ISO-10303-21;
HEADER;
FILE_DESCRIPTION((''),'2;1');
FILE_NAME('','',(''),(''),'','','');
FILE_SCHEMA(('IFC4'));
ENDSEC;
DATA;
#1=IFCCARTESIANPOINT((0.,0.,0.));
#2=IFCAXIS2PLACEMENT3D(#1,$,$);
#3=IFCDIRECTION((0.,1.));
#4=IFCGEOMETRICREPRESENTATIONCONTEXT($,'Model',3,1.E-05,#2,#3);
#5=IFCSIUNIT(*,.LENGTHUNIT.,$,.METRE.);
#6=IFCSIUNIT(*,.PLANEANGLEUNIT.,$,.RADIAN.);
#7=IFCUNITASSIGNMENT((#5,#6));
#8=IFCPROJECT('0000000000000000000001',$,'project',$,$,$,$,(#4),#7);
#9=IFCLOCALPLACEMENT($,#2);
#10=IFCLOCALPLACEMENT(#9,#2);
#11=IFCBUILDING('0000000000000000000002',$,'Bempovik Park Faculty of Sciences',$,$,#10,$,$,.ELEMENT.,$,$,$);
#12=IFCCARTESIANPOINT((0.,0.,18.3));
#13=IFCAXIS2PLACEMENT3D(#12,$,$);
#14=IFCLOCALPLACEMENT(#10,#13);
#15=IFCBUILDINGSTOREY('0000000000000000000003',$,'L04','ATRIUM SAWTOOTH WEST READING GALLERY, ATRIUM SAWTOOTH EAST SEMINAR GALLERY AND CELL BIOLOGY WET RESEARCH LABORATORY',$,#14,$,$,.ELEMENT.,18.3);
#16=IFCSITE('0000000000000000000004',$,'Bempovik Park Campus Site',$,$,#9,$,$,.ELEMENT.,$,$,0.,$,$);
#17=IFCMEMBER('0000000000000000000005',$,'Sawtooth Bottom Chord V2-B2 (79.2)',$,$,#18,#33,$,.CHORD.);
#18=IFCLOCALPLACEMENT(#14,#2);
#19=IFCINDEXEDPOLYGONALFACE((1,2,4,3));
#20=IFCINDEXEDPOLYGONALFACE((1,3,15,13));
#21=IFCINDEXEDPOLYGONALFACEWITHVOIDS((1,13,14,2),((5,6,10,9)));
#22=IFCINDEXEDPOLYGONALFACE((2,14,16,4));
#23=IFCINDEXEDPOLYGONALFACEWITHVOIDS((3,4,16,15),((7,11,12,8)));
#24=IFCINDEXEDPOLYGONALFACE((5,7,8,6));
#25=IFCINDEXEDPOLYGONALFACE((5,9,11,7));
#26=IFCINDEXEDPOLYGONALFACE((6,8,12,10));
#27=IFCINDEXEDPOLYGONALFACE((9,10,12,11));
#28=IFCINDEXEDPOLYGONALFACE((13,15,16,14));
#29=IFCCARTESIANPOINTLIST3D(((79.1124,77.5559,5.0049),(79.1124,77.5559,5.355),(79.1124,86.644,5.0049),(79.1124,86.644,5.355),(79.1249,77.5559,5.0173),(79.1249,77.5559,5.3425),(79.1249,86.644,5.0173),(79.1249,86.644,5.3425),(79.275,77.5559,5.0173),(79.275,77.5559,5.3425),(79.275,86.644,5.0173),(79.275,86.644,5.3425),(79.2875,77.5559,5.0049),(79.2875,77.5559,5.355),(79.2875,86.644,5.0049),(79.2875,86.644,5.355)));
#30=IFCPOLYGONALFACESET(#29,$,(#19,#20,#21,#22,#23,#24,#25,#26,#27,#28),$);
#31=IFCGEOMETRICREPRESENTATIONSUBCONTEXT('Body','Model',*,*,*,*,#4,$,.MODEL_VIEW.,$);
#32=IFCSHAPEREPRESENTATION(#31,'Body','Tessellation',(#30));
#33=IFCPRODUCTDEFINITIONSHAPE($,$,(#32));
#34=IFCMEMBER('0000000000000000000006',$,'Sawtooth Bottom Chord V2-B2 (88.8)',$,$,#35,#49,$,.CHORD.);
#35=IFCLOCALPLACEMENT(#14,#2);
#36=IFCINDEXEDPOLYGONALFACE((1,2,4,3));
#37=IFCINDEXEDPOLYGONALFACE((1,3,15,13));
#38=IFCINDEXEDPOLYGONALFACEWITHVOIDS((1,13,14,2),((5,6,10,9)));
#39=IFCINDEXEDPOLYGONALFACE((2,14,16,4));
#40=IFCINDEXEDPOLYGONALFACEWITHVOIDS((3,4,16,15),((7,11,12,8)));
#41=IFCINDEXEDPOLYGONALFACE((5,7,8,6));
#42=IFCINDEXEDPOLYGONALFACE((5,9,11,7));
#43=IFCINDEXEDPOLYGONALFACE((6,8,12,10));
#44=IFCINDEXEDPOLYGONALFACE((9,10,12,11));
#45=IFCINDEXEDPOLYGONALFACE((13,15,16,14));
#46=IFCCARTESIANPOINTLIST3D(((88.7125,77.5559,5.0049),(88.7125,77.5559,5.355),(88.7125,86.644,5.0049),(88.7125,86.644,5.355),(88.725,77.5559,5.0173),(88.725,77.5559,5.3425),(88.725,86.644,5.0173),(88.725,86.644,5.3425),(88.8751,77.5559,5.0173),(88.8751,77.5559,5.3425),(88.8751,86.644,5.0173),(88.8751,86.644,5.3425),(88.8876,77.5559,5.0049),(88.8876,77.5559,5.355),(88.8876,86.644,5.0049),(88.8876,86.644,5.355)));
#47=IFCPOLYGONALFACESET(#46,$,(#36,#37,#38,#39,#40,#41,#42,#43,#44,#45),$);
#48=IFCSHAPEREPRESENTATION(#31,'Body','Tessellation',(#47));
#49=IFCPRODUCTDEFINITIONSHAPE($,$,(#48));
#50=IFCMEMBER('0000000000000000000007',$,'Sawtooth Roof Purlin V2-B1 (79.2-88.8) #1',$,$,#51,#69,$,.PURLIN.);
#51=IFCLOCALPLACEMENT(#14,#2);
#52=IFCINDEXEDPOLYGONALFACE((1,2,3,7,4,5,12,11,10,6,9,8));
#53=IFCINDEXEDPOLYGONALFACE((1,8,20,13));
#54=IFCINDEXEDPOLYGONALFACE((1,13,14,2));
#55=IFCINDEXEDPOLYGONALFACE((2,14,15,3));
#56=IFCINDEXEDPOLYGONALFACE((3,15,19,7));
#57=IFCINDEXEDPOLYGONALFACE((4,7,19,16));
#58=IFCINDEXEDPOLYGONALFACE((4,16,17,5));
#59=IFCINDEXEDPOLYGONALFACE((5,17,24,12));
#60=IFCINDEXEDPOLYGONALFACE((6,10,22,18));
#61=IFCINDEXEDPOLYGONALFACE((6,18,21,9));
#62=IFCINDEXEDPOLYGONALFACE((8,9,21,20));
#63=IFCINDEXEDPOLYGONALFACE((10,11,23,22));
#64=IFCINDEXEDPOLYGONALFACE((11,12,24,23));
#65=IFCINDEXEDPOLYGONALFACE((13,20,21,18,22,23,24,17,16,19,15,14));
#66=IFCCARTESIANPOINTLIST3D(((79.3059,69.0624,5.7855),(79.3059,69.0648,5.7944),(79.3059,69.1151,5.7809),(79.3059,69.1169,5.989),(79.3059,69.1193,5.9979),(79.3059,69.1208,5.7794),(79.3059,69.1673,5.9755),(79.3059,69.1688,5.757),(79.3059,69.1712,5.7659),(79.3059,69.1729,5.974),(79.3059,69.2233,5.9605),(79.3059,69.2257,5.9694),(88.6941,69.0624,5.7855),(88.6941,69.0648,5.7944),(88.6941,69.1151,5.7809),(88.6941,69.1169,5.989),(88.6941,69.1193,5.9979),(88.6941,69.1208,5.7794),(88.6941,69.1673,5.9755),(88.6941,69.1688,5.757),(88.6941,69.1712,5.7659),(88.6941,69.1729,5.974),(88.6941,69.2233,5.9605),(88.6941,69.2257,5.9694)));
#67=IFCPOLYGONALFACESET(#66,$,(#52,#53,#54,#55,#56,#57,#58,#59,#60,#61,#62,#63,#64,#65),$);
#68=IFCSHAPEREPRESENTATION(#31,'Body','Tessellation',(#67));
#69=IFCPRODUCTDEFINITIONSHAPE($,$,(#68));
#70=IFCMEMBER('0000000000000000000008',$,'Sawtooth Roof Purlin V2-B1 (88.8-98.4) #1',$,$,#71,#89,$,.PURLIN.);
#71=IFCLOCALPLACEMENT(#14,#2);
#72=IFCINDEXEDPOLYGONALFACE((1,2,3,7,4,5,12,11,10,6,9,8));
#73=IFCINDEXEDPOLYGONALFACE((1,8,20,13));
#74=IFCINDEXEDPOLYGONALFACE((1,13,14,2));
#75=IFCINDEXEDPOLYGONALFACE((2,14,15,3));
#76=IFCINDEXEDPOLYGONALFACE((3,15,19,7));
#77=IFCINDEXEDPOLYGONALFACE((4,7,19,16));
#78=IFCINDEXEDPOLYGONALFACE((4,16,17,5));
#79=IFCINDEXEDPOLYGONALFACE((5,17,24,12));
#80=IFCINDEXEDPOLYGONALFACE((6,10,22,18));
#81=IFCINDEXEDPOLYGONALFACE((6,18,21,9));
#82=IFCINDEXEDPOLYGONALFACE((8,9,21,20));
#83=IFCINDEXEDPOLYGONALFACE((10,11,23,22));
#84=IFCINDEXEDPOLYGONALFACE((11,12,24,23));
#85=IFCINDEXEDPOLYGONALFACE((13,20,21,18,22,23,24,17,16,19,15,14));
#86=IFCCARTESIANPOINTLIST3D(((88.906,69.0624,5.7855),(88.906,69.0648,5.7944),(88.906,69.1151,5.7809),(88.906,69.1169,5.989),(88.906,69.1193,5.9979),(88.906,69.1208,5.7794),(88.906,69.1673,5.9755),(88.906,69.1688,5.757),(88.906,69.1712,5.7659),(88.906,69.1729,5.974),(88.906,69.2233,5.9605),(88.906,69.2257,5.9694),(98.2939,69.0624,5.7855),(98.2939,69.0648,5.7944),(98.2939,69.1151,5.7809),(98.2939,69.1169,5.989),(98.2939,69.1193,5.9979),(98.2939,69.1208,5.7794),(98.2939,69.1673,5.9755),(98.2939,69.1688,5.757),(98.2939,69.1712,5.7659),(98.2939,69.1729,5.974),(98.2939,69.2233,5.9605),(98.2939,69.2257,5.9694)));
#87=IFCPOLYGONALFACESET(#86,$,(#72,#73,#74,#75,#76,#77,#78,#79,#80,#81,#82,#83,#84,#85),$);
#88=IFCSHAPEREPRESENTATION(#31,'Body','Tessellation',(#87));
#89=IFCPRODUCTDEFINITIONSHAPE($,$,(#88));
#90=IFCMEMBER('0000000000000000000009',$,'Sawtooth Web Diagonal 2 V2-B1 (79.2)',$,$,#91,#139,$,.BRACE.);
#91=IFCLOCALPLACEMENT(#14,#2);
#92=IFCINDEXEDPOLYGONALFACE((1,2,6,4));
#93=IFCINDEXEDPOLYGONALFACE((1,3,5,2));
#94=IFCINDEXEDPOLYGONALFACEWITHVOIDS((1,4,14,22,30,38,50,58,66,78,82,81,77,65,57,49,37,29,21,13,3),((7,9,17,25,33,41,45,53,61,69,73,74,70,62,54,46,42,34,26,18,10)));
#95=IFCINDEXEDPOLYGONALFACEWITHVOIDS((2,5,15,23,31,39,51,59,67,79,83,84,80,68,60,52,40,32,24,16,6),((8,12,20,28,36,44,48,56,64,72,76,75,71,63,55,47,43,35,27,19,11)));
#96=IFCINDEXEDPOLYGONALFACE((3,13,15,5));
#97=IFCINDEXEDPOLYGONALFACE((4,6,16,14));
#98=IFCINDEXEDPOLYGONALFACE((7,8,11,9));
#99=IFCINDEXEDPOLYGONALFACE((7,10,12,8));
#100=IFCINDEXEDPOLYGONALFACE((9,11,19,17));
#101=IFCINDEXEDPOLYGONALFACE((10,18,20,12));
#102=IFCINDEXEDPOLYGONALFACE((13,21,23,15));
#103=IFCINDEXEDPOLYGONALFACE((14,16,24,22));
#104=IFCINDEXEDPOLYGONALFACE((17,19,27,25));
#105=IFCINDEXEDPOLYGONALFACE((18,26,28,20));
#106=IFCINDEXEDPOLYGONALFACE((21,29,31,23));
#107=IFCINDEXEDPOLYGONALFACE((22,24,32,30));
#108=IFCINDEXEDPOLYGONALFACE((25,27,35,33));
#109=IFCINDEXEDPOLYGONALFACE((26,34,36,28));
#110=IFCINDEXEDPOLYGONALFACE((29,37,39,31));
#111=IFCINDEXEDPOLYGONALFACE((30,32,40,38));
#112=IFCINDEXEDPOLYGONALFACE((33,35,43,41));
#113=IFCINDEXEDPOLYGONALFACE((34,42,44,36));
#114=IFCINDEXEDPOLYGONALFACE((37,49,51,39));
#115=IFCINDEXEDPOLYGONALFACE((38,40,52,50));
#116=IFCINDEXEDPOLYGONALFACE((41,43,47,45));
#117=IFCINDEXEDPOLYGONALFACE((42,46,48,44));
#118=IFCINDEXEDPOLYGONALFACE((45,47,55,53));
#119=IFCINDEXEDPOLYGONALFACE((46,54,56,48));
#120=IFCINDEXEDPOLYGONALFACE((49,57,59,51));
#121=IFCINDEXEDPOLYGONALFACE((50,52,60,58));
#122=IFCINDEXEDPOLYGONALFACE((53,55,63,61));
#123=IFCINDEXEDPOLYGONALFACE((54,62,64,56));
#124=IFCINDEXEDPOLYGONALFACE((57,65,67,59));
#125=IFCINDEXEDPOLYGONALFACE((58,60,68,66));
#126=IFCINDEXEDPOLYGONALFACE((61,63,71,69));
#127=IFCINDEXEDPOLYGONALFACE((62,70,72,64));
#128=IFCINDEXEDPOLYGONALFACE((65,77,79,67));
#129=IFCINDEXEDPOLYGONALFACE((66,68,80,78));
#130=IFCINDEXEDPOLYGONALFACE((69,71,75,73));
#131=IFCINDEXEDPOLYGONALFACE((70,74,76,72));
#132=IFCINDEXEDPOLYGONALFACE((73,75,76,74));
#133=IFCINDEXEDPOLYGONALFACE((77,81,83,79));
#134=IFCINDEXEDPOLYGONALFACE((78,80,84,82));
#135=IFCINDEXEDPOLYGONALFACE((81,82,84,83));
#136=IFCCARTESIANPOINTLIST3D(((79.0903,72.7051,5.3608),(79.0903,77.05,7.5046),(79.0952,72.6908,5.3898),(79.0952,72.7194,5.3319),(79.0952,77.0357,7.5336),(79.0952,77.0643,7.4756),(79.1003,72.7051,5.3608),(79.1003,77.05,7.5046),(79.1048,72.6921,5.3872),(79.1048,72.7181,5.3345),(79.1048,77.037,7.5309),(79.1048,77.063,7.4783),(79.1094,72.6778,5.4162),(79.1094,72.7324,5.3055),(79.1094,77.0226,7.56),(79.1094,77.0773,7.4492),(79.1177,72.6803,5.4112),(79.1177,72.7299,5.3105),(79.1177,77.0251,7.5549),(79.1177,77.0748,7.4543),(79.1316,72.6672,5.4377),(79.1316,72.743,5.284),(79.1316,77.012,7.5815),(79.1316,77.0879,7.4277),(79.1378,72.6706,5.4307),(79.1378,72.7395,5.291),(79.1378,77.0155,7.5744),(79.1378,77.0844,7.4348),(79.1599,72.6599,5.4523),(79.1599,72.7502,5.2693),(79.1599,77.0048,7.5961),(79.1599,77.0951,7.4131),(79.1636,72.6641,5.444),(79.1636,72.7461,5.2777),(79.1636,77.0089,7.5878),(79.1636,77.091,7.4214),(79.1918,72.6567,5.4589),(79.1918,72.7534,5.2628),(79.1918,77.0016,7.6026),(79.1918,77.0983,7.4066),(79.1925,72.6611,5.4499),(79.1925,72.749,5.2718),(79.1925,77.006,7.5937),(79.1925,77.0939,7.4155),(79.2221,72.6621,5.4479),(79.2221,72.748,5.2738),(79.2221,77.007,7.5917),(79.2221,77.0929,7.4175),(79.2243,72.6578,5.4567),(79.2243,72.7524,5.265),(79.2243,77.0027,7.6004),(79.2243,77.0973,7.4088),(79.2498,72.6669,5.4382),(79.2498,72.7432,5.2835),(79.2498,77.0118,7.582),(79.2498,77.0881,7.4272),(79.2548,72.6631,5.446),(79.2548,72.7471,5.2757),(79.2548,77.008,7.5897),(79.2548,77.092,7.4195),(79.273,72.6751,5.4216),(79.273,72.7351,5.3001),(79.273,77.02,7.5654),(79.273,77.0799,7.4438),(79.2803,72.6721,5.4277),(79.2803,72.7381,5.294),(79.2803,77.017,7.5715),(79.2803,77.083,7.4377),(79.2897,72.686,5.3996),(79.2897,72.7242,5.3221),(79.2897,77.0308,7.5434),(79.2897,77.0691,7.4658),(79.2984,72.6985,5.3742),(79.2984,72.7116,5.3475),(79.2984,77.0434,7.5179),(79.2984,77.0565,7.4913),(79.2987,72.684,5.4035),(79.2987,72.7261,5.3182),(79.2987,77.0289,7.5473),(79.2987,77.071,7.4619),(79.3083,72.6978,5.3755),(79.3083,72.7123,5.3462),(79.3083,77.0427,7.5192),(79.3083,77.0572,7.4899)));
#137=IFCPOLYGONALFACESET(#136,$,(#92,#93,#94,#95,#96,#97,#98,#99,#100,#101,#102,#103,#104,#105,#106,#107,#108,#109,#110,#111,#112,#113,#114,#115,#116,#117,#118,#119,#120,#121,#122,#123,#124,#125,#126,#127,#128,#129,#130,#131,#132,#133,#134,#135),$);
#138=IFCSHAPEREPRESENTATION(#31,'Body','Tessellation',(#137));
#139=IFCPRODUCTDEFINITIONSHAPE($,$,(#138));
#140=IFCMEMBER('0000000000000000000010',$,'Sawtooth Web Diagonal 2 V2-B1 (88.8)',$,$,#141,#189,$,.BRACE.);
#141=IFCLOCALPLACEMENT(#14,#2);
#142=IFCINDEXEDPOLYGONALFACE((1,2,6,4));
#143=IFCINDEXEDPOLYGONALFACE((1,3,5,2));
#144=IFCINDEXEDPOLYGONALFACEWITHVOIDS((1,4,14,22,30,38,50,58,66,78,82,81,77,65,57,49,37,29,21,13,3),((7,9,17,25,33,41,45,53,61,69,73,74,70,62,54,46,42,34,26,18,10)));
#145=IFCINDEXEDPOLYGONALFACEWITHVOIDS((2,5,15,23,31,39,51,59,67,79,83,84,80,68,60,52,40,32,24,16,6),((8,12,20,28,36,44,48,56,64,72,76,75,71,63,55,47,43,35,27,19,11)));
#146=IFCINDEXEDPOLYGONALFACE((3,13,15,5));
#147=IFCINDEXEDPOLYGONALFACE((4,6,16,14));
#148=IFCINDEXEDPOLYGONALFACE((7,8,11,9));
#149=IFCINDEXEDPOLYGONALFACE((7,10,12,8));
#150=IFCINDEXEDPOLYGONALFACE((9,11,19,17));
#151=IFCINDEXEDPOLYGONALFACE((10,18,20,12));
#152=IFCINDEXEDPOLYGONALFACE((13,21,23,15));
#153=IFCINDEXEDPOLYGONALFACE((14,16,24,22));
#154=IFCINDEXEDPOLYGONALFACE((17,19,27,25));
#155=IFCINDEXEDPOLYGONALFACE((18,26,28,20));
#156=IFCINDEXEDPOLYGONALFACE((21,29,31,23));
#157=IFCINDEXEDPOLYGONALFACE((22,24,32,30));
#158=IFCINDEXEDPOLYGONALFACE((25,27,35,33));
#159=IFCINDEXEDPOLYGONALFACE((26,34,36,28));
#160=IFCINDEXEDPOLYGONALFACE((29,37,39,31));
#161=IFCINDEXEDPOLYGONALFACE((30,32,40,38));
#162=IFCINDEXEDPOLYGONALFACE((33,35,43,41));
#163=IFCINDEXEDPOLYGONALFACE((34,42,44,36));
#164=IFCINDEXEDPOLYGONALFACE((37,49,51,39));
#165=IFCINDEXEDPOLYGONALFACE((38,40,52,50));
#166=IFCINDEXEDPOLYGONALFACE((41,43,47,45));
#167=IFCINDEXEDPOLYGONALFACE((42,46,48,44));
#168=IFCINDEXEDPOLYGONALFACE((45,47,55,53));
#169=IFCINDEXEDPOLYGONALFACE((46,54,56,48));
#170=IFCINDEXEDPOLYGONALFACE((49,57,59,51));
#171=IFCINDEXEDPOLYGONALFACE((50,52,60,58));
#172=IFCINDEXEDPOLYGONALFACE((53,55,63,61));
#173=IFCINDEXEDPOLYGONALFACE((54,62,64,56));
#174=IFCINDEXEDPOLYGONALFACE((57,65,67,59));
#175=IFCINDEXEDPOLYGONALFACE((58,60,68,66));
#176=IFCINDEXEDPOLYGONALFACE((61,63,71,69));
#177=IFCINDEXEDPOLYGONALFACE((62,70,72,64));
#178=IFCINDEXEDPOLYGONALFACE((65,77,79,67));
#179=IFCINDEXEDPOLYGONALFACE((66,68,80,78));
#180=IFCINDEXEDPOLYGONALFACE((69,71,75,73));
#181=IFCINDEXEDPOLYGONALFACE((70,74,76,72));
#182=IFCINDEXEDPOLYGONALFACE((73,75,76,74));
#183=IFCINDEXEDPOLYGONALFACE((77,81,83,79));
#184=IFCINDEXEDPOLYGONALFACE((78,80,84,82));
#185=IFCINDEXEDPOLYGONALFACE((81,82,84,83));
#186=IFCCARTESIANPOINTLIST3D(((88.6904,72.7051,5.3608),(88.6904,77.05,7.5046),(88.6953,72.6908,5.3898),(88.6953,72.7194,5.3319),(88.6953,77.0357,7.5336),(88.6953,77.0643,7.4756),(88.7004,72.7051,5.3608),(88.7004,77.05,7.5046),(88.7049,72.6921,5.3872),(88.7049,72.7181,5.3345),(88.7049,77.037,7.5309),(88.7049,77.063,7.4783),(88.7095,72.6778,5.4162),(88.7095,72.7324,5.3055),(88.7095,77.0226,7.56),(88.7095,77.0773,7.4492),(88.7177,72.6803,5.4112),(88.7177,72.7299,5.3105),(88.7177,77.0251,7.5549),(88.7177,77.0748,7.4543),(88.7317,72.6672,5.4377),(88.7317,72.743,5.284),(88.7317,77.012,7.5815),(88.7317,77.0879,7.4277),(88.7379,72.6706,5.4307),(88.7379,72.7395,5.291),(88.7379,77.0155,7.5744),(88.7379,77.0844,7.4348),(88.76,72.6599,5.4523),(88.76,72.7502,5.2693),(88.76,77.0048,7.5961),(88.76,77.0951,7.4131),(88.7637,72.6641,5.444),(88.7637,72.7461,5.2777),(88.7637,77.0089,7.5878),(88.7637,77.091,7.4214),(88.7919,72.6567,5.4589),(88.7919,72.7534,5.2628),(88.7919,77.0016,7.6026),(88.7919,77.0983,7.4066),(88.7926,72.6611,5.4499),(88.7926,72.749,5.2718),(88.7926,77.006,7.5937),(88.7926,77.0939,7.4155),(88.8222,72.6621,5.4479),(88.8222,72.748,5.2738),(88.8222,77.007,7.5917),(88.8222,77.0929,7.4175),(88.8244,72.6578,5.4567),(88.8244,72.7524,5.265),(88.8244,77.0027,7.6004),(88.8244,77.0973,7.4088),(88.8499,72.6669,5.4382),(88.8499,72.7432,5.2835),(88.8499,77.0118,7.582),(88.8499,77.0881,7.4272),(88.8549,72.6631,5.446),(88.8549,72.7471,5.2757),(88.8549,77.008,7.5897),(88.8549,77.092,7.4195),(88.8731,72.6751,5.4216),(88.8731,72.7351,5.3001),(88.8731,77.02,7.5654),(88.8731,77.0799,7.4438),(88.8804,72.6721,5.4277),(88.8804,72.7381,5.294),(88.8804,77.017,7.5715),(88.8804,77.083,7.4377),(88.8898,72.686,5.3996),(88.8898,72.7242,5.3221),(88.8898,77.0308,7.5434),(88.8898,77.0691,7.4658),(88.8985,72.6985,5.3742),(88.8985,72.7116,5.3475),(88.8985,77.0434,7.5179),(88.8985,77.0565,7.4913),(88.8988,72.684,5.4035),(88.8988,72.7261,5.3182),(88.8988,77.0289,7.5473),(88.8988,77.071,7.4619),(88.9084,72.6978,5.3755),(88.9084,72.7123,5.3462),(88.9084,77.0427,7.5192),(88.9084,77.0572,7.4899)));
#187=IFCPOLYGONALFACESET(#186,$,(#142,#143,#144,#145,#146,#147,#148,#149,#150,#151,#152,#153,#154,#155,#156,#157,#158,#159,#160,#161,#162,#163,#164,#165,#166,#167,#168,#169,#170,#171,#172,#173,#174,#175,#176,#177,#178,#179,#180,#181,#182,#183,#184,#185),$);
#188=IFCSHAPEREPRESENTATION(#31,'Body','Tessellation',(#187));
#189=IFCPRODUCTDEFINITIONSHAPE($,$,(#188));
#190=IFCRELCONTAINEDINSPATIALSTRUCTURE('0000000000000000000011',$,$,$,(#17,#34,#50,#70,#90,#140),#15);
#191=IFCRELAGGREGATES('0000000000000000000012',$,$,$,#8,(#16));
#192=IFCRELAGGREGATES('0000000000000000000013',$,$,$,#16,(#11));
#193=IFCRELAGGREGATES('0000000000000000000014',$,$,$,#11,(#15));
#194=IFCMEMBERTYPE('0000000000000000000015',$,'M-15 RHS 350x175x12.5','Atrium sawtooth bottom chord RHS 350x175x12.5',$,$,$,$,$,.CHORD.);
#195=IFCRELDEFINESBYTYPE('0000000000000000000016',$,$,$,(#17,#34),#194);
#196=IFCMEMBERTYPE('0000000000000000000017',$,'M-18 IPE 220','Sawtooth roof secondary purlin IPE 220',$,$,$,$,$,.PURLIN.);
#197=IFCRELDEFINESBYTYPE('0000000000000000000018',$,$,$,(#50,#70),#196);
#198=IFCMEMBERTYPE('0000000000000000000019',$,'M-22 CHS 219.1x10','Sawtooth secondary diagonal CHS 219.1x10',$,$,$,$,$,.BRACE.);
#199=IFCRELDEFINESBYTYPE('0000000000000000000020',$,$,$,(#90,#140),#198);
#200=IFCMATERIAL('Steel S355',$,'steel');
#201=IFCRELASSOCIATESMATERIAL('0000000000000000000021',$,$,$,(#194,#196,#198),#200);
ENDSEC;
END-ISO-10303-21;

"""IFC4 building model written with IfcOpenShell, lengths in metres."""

from ifc_helpers import new_model, si_unit, direction, frame, origin, origin_2d, place, context, subcontext, project, spatial, hollow_rectangle, hollow_circle, i_section, extrude, material, material_profile, profile_set, type_object, element, save


model = new_model("IFC4")

# Units and contexts
model_context = context("Model", 3, precision=1e-05, world=origin(), true_north=direction((0.0, 1.0)))
body_context = subcontext(model_context, "Body", "Model", "MODEL_VIEW")
ifc_project = project(units=[si_unit("LENGTHUNIT", "METRE"), si_unit("PLANEANGLEUNIT", "RADIAN")], contexts=[model_context])

# Site, building, storey
site_placement = place(None, origin())
site = spatial("IfcSite", under=ifc_project, at=site_placement, Name="Bempovik Park Campus Site", CompositionType="ELEMENT", RefElevation=0.0)
building_placement = place(site_placement, origin())
building = spatial("IfcBuilding", under=site, at=building_placement, Name="Bempovik Park Faculty of Sciences", CompositionType="ELEMENT")
storey_placement = place(building_placement, frame((0.0, 0.0, 18.3)))
storey = spatial("IfcBuildingStorey", under=building, at=storey_placement, Name="L04", Description="ATRIUM SAWTOOTH WEST READING GALLERY, ATRIUM SAWTOOTH EAST SEMINAR GALLERY AND CELL BIOLOGY WET RESEARCH LABORATORY", CompositionType="ELEMENT", Elevation=18.3)

# Members
ifc_material_1 = material(Name="Steel S355", Category="steel")
ifc_material_profile_1 = material_profile(ifc_material_1, hollow_rectangle(XDim=0.175, YDim=0.3501, WallThickness=0.0125, at=origin_2d()), Name="RHS 350x175x12.5")
ifc_profile_set_1 = profile_set([ifc_material_profile_1], Name="Steel S355")
member_type_1 = type_object("IfcMemberType", Name="M-15 RHS 350x175x12.5", Description="Atrium sawtooth bottom chord RHS 350x175x12.5", PredefinedType="CHORD", material=ifc_profile_set_1)
for number, where, z_axis, x_axis, name in (
    (1, (79.2, 77.5559, 5.1799), (0.0, 1.0, 0.0), (-1.0, 0.0, 0.0), "Sawtooth Bottom Chord V2-B2 (79.2)"),
    (2, (88.8, 77.5559, 5.1799), (0.0, 1.0, 0.0), (-1.0, 0.0, 0.0), "Sawtooth Bottom Chord V2-B2 (88.8)"),
):
    element("IfcMember", number, at=place(storey_placement, frame(where, z_axis=z_axis, x_axis=x_axis)), inside=storey, type_object=member_type_1, Name=name, PredefinedType="CHORD", context=body_context, shape_type="SweptSolid", body=[
        extrude(hollow_rectangle(XDim=0.175, YDim=0.3501, WallThickness=0.0125, at=origin_2d()), origin(), (0.0, 0.0, 1.0), 9.0881),
    ])
ifc_material_profile_2 = material_profile(ifc_material_1, i_section(OverallWidth=0.1101, OverallDepth=0.22, WebThickness=0.0059, FlangeThickness=0.0093, at=origin_2d()), Name="IPE 220")
ifc_profile_set_2 = profile_set([ifc_material_profile_2], Name="Steel S355")
member_type_2 = type_object("IfcMemberType", Name="M-18 IPE 220", Description="Sawtooth roof secondary purlin IPE 220", PredefinedType="PURLIN", material=ifc_profile_set_2)
member_1_placement = place(storey_placement, frame((79.3059, 69.144, 5.8774), z_axis=(1.0, 0.0, 0.0), x_axis=(0.0, 0.965926, -0.258819)))
element("IfcMember", 3, at=member_1_placement, inside=storey, type_object=member_type_2, Name="Sawtooth Roof Purlin V2-B1 (79.2-88.8) #1", PredefinedType="PURLIN", context=body_context, shape_type="SweptSolid", body=[
    extrude(i_section(OverallWidth=0.1101, OverallDepth=0.22, WebThickness=0.0059, FlangeThickness=0.0093, at=origin_2d()), origin(), (0.0, 0.0, 1.0), 9.3882),
])
member_2_placement = place(storey_placement, frame((88.906, 69.144, 5.8774), z_axis=(1.0, 0.0, 0.0), x_axis=(0.0, 0.965926, -0.258819)))
element("IfcMember", 4, at=member_2_placement, inside=storey, type_object=member_type_2, Name="Sawtooth Roof Purlin V2-B1 (88.8-98.4) #1", PredefinedType="PURLIN", context=body_context, shape_type="SweptSolid", body=[
    extrude(i_section(OverallWidth=0.1101, OverallDepth=0.22, WebThickness=0.0059, FlangeThickness=0.0093, at=origin_2d()), origin(), (0.0, 0.0, 1.0), 9.3879),
])
ifc_material_profile_3 = material_profile(ifc_material_1, hollow_circle(Radius=0.1096, WallThickness=0.01, at=origin_2d()), Name="CHS 219.1x10")
ifc_profile_set_3 = profile_set([ifc_material_profile_3], Name="Steel S355")
member_type_3 = type_object("IfcMemberType", Name="M-22 CHS 219.1x10", Description="Sawtooth secondary diagonal CHS 219.1x10", PredefinedType="BRACE", material=ifc_profile_set_3)
for number, where, z_axis, x_axis, name in (
    (5, (79.2, 72.7051, 5.3608), (0.0, 0.896783, 0.442471), (-1.0, 0.0, 0.0), "Sawtooth Web Diagonal 2 V2-B1 (79.2)"),
    (6, (88.8, 72.7051, 5.3608), (0.0, 0.896783, 0.442471), (-1.0, 0.0, 0.0), "Sawtooth Web Diagonal 2 V2-B1 (88.8)"),
):
    element("IfcMember", number, at=place(storey_placement, frame(where, z_axis=z_axis, x_axis=x_axis)), inside=storey, type_object=member_type_3, Name=name, PredefinedType="BRACE", context=body_context, shape_type="SweptSolid", body=[
        extrude(hollow_circle(Radius=0.1096, WallThickness=0.01, at=origin_2d()), origin(), (0.0, 0.0, 1.0), 4.845),
    ])

save(model, "model.ifc")
